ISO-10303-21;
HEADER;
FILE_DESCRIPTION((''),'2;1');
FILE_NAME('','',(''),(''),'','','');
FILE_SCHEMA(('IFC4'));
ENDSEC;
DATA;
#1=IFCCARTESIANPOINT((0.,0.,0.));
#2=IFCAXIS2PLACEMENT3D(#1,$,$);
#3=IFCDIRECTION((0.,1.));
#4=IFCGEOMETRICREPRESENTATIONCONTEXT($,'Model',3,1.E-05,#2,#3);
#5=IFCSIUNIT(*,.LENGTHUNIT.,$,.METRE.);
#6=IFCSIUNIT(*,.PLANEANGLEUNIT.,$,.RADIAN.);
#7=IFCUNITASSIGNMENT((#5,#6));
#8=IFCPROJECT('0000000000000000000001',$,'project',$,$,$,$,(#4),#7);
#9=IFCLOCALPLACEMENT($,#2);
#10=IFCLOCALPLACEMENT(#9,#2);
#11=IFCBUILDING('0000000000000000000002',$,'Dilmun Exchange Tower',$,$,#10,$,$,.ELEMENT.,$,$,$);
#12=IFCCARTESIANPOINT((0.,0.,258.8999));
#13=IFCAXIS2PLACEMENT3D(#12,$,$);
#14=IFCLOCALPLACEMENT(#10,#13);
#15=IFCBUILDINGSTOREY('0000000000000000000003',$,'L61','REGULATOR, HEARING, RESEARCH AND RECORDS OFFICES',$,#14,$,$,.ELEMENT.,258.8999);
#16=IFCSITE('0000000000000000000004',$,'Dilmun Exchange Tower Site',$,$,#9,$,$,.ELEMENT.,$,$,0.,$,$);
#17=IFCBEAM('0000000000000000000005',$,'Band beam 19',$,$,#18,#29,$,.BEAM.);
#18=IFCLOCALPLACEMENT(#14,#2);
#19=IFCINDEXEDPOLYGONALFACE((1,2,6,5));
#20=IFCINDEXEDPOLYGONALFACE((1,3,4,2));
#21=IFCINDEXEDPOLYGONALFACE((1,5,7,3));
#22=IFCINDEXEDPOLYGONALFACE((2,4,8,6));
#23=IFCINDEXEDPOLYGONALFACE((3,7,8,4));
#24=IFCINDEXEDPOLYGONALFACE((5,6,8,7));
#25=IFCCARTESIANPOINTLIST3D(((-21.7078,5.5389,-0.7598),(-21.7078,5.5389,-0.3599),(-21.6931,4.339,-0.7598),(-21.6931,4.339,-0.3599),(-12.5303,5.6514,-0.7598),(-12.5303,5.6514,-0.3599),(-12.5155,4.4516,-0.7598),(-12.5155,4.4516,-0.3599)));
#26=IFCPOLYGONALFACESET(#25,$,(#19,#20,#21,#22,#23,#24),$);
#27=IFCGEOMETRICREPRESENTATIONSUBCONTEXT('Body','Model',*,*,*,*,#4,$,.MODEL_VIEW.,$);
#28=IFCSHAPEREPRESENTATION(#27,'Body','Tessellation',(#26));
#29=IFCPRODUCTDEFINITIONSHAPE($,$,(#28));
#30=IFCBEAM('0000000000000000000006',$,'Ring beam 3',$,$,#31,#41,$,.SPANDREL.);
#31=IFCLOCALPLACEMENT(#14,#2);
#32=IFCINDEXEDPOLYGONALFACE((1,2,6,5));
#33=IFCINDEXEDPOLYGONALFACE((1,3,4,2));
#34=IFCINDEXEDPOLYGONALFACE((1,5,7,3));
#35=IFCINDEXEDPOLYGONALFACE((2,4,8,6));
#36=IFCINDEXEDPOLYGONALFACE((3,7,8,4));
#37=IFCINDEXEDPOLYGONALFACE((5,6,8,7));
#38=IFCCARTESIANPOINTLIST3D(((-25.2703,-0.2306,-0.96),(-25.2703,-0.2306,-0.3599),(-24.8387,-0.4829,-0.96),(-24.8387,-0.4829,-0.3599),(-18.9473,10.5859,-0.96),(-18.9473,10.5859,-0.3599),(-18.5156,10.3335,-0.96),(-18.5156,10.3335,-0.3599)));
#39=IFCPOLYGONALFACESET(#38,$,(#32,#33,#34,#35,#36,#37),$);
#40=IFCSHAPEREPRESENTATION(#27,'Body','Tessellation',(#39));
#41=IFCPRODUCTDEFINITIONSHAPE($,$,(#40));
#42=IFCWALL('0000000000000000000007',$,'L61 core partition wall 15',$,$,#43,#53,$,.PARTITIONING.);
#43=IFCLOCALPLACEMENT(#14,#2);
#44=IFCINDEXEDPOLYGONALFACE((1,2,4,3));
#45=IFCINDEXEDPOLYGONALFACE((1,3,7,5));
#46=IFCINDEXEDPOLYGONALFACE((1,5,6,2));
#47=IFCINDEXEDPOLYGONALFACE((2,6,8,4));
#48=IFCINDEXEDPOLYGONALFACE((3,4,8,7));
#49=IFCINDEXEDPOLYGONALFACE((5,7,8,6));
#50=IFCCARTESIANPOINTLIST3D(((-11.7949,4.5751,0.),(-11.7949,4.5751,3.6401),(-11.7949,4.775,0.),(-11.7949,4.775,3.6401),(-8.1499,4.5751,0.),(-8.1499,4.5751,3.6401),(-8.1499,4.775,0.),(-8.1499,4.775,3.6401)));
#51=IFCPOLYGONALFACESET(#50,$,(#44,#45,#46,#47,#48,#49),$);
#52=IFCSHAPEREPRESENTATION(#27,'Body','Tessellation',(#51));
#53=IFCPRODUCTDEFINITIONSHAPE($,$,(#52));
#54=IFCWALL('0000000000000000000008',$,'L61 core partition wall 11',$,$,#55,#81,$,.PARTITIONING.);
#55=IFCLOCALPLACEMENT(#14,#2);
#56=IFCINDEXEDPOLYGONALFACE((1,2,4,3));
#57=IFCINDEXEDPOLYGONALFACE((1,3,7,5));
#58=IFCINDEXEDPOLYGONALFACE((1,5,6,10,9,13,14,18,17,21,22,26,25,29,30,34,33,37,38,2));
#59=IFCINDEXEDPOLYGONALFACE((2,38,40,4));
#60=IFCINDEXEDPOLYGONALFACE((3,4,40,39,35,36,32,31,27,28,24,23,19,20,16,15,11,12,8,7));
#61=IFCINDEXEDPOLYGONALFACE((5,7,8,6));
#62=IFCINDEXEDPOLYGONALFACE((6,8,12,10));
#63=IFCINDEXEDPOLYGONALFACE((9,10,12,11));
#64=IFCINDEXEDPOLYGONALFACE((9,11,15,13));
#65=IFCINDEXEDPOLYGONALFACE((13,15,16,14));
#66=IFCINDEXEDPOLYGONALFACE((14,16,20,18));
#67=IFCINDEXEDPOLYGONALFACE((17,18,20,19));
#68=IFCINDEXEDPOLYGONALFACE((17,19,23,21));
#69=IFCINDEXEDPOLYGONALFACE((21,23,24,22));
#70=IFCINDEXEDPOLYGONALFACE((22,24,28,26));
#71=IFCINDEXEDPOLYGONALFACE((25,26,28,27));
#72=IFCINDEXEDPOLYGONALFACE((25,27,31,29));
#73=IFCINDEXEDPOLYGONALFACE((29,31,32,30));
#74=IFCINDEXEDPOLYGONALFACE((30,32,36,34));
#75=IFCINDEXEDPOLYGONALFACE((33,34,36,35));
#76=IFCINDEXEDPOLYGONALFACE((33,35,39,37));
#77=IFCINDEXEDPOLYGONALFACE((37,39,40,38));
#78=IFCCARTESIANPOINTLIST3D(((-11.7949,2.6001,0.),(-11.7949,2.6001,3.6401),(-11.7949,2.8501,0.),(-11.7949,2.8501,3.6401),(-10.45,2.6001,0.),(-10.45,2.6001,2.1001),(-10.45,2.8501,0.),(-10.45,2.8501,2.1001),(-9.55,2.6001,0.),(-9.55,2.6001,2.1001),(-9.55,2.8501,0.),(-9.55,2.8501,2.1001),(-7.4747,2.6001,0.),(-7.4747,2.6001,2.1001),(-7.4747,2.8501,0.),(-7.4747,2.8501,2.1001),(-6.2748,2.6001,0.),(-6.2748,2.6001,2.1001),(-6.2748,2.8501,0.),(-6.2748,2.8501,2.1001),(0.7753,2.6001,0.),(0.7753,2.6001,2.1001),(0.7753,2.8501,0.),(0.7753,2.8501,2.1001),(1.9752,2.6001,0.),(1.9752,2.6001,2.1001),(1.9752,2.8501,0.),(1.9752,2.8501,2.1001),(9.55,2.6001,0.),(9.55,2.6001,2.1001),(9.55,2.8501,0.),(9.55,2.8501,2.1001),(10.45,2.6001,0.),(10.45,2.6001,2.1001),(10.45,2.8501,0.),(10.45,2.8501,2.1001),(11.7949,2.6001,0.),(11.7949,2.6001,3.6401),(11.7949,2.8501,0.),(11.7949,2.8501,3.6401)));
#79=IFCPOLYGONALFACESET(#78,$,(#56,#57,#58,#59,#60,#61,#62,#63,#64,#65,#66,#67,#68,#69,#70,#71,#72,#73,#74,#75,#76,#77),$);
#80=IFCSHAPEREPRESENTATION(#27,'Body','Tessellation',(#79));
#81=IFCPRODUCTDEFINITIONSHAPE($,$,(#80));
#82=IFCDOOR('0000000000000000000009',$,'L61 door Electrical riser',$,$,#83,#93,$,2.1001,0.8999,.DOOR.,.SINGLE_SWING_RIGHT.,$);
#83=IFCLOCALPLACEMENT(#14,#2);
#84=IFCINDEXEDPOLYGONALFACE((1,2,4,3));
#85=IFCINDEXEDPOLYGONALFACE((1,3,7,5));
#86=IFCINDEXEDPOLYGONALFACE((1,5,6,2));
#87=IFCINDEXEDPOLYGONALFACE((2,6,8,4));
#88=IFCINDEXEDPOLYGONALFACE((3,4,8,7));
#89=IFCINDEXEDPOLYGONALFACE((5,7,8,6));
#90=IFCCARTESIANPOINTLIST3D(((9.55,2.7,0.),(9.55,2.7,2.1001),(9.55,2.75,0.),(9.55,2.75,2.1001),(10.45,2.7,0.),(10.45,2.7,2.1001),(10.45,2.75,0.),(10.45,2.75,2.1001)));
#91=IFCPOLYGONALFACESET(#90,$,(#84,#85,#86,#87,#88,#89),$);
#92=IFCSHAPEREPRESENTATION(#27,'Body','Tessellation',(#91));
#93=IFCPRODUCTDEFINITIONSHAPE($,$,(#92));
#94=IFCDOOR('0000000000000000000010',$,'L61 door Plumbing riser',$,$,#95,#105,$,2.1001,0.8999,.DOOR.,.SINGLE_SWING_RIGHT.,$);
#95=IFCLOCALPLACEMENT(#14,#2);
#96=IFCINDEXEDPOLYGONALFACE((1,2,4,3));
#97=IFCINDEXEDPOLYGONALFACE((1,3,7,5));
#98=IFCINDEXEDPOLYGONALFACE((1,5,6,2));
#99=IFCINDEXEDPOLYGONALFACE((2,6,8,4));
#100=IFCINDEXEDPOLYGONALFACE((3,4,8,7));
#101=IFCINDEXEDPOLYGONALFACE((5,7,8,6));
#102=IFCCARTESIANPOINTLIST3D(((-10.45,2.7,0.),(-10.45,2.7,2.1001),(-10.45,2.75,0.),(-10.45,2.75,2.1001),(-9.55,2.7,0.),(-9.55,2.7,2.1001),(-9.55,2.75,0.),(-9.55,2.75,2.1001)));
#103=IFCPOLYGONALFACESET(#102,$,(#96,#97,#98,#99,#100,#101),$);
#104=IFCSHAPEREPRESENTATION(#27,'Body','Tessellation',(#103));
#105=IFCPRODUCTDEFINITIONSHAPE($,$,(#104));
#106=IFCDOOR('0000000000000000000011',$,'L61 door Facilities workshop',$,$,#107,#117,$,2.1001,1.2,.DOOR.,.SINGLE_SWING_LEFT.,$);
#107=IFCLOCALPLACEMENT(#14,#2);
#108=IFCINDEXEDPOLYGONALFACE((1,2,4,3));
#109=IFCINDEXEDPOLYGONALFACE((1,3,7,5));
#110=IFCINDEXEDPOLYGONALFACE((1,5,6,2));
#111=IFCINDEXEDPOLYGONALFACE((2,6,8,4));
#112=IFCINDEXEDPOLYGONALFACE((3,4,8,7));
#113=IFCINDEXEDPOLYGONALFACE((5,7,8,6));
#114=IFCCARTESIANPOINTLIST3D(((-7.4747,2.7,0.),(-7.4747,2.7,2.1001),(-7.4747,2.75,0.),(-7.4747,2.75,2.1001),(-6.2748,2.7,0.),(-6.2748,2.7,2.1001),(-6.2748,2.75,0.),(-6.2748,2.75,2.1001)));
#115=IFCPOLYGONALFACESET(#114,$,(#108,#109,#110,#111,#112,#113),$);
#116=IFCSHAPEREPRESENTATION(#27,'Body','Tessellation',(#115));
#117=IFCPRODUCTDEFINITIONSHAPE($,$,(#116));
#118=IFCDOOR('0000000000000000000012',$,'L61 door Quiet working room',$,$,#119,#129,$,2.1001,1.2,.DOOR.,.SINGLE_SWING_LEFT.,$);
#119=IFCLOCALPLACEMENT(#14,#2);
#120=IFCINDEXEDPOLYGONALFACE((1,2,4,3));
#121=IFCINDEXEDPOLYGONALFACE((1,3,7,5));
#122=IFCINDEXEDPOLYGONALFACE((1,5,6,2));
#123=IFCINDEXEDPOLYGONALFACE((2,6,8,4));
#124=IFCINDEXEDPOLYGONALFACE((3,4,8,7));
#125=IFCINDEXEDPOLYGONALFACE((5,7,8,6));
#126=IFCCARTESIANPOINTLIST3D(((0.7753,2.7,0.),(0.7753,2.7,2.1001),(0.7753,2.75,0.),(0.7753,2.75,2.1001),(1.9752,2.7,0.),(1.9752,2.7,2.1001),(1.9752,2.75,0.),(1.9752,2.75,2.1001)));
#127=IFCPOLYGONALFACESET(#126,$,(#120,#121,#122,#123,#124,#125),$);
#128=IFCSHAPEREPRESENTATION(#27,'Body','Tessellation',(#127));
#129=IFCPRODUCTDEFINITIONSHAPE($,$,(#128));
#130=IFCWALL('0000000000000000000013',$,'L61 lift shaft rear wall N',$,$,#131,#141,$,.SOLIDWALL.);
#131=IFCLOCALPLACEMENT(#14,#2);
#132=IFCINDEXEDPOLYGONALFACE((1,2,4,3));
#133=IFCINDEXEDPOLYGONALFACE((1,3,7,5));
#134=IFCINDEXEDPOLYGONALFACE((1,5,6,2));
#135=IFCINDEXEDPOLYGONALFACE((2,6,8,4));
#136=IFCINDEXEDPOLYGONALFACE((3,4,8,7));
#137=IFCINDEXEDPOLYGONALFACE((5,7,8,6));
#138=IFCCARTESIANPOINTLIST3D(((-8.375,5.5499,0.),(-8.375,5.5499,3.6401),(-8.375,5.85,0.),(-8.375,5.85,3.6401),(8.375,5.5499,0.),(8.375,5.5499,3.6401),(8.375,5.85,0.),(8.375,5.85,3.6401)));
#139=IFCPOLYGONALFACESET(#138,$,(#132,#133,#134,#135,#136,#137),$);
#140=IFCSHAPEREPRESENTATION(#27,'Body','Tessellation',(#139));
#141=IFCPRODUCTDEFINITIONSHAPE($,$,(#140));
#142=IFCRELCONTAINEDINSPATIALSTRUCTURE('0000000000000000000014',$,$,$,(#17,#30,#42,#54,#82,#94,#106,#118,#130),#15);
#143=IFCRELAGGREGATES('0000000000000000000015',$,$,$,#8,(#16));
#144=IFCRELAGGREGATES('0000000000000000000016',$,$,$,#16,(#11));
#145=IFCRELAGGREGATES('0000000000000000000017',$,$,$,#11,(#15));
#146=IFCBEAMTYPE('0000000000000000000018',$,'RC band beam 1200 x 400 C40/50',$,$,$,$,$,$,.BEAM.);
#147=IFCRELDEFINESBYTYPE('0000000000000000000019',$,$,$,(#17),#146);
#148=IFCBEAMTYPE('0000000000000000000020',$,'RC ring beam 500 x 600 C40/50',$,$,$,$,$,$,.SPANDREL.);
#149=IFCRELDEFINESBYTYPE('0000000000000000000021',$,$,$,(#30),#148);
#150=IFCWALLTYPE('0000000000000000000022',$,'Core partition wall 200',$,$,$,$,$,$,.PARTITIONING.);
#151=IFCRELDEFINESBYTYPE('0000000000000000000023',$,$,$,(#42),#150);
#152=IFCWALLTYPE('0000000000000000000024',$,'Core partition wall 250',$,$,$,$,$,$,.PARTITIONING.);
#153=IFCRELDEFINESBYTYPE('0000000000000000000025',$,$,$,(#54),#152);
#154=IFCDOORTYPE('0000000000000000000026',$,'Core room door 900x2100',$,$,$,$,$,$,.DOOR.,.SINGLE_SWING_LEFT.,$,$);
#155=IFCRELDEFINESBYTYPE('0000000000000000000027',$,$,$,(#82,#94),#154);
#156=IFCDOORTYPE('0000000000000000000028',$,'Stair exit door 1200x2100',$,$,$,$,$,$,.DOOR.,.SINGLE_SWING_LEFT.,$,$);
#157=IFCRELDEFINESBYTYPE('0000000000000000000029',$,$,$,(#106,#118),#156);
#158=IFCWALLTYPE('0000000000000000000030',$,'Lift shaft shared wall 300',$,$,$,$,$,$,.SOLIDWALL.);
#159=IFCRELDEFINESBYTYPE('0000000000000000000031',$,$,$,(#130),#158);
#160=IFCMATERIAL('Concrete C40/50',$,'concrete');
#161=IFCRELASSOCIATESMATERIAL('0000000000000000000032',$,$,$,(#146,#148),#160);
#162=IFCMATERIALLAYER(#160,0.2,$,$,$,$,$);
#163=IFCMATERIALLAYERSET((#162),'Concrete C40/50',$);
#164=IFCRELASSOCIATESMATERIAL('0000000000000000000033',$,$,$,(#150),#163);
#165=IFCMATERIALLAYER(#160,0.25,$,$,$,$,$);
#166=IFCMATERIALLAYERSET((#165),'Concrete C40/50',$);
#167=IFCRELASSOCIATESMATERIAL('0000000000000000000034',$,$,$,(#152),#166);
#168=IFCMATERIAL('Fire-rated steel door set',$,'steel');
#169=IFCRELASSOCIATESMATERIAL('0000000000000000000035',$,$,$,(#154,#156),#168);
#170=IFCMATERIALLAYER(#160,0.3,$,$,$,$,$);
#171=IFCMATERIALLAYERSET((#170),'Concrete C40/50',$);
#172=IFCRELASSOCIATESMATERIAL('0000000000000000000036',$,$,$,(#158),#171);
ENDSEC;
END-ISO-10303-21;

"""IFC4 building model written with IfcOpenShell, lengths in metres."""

from ifc_helpers import new_model, si_unit, direction, frame, frame_2d, origin, origin_2d, place, context, subcontext, project, spatial, rectangle, extrude, material, layer, layer_set, material_profile, profile_set, type_object, element, fill, save


model = new_model("IFC4")

# Units and contexts
model_context = context("Model", 3, precision=1e-05, world=origin(), true_north=direction((0.0, 1.0)))
body_context = subcontext(model_context, "Body", "Model", "MODEL_VIEW")
ifc_project = project(units=[si_unit("LENGTHUNIT", "METRE"), si_unit("PLANEANGLEUNIT", "RADIAN")], contexts=[model_context])

# Site, building, storey
site_placement = place(None, origin())
site = spatial("IfcSite", under=ifc_project, at=site_placement, Name="Dilmun Exchange Tower Site", CompositionType="ELEMENT", RefElevation=0.0)
building_placement = place(site_placement, origin())
building = spatial("IfcBuilding", under=site, at=building_placement, Name="Dilmun Exchange Tower", CompositionType="ELEMENT")
storey_placement = place(building_placement, frame((0.0, 0.0, 258.8999)))
storey = spatial("IfcBuildingStorey", under=building, at=storey_placement, Name="L61", Description="REGULATOR, HEARING, RESEARCH AND RECORDS OFFICES", CompositionType="ELEMENT", Elevation=258.8999)

# Beams
ifc_material_1 = material(Name="Concrete C40/50", Category="concrete")
ifc_material_profile_1 = material_profile(ifc_material_1, rectangle(XDim=1.2, YDim=0.3999, at=origin_2d()), Name="1200 x 400")
ifc_profile_set_1 = profile_set([ifc_material_profile_1], Name="Concrete C40/50")
beam_type_1 = type_object("IfcBeamType", Name="RC band beam 1200 x 400 C40/50", PredefinedType="BEAM", material=ifc_profile_set_1)
beam_1_placement = place(storey_placement, frame((-21.7004, 4.939, -0.5598), z_axis=(0.999925, 0.012263, 0.0), x_axis=(-0.012263, 0.999925, 0.0)))
element("IfcBeam", 1, at=beam_1_placement, inside=storey, type_object=beam_type_1, Name="Band beam 19", PredefinedType="BEAM", context=body_context, shape_type="SweptSolid", body=[
    extrude(rectangle(XDim=1.2, YDim=0.3999, at=origin_2d()), origin(), (0.0, 0.0, 1.0), 9.1782),
])
ifc_material_profile_2 = material_profile(ifc_material_1, rectangle(XDim=0.5, YDim=0.6001, at=origin_2d()), Name="500 x 600")
ifc_profile_set_2 = profile_set([ifc_material_profile_2], Name="Concrete C40/50")
beam_type_2 = type_object("IfcBeamType", Name="RC ring beam 500 x 600 C40/50", PredefinedType="SPANDREL", material=ifc_profile_set_2)
beam_2_placement = place(storey_placement, frame((-18.7314, 10.4597, -0.6599), z_axis=(-0.50467, -0.863312, 0.0), x_axis=(0.863312, -0.50467, 0.0)))
element("IfcBeam", 2, at=beam_2_placement, inside=storey, type_object=beam_type_2, Name="Ring beam 3", PredefinedType="SPANDREL", context=body_context, shape_type="SweptSolid", body=[
    extrude(rectangle(XDim=0.5, YDim=0.6001, at=origin_2d()), origin(), (0.0, 0.0, 1.0), 12.5291),
])

# Wall
ifc_layer_1 = layer(ifc_material_1, 0.2)
ifc_layer_set_1 = layer_set([ifc_layer_1], Name="Concrete C40/50")
wall_type_1 = type_object("IfcWallType", Name="Core partition wall 200", PredefinedType="PARTITIONING", material=ifc_layer_set_1)
wall_1_placement = place(storey_placement, frame((-11.7949, 4.675, 0.0), z_axis=(0.0, 0.0, 1.0), x_axis=(1.0, 0.0, 0.0)))
element("IfcWall", 3, at=wall_1_placement, inside=storey, type_object=wall_type_1, Name="L61 core partition wall 15", PredefinedType="PARTITIONING", context=body_context, shape_type="SweptSolid", body=[
    extrude(rectangle(XDim=3.645, YDim=0.2, at=frame_2d((1.8225, 0.0))), origin(), (0.0, 0.0, 1.0), 3.6401),
])

# Wall, openings, doors
ifc_layer_2 = layer(ifc_material_1, 0.25)
ifc_layer_set_2 = layer_set([ifc_layer_2], Name="Concrete C40/50")
wall_type_2 = type_object("IfcWallType", Name="Core partition wall 250", PredefinedType="PARTITIONING", material=ifc_layer_set_2)
wall_2_placement = place(storey_placement, frame((-11.7949, 2.7251, 0.0), z_axis=(0.0, 0.0, 1.0), x_axis=(1.0, 0.0, 0.0)))
wall_2 = element("IfcWall", 4, at=wall_2_placement, inside=storey, type_object=wall_type_2, Name="L61 core partition wall 11", PredefinedType="PARTITIONING", context=body_context, shape_type="SweptSolid", body=[
    extrude(rectangle(XDim=23.5898, YDim=0.25, at=frame_2d((11.7949, 0.0))), origin(), (0.0, 0.0, 1.0), 3.6401),
])
opening_1_placement = place(wall_2_placement, frame((21.345, 0.0, 0.0)))
opening_1 = element("IfcOpeningElement", 5, at=opening_1_placement, cuts=wall_2, PredefinedType="OPENING", context=body_context, shape_type="SweptSolid", body=[
    extrude(rectangle(XDim=0.8999, YDim=2.1001, at=frame_2d((0.45, 1.05))), frame((0.0, 0.135, 0.0), z_axis=(0.0, -1.0, 0.0), x_axis=(1.0, 0.0, 0.0)), (0.0, 0.0, 1.0), 0.27),
])
opening_2_placement = place(wall_2_placement, frame((1.345, 0.0, 0.0)))
opening_2 = element("IfcOpeningElement", 6, at=opening_2_placement, cuts=wall_2, PredefinedType="OPENING", context=body_context, shape_type="SweptSolid", body=[
    extrude(rectangle(XDim=0.8999, YDim=2.1001, at=frame_2d((0.45, 1.05))), frame((0.0, 0.135, 0.0), z_axis=(0.0, -1.0, 0.0), x_axis=(1.0, 0.0, 0.0)), (0.0, 0.0, 1.0), 0.27),
])
opening_3_placement = place(wall_2_placement, frame((4.3201, 0.0, 0.0)))
opening_3 = element("IfcOpeningElement", 7, at=opening_3_placement, cuts=wall_2, PredefinedType="OPENING", context=body_context, shape_type="SweptSolid", body=[
    extrude(rectangle(XDim=1.2, YDim=2.1001, at=frame_2d((0.6001, 1.05))), frame((0.0, 0.135, 0.0), z_axis=(0.0, -1.0, 0.0), x_axis=(1.0, 0.0, 0.0)), (0.0, 0.0, 1.0), 0.27),
])
opening_4_placement = place(wall_2_placement, frame((12.5701, 0.0, 0.0)))
opening_4 = element("IfcOpeningElement", 8, at=opening_4_placement, cuts=wall_2, PredefinedType="OPENING", context=body_context, shape_type="SweptSolid", body=[
    extrude(rectangle(XDim=1.2, YDim=2.1001, at=frame_2d((0.6001, 1.05))), frame((0.0, 0.135, 0.0), z_axis=(0.0, -1.0, 0.0), x_axis=(1.0, 0.0, 0.0)), (0.0, 0.0, 1.0), 0.27),
])
ifc_material_2 = material(Name="Fire-rated steel door set", Category="steel")
door_type_1 = type_object("IfcDoorType", Name="Core room door 900x2100", OperationType="SINGLE_SWING_LEFT", PredefinedType="DOOR", material=ifc_material_2)
door_1_placement = place(opening_1_placement, origin())
door_1 = element("IfcDoor", 9, at=door_1_placement, inside=storey, type_object=door_type_1, Name="L61 door Electrical riser", OperationType="SINGLE_SWING_RIGHT", OverallHeight=2.1001, OverallWidth=0.8999, PredefinedType="DOOR", context=body_context, shape_type="SweptSolid", body=[
    extrude(rectangle(XDim=0.8999, YDim=2.1001, at=frame_2d((0.45, 1.05))), frame((0.0, 0.0249, 0.0), z_axis=(0.0, -1.0, 0.0), x_axis=(1.0, 0.0, 0.0)), (0.0, 0.0, 1.0), 0.05),
])
fill(opening_1, door_1)
door_2_placement = place(opening_2_placement, origin())
door_2 = element("IfcDoor", 10, at=door_2_placement, inside=storey, type_object=door_type_1, Name="L61 door Plumbing riser", OperationType="SINGLE_SWING_RIGHT", OverallHeight=2.1001, OverallWidth=0.8999, PredefinedType="DOOR", context=body_context, shape_type="SweptSolid", body=[
    extrude(rectangle(XDim=0.8999, YDim=2.1001, at=frame_2d((0.45, 1.05))), frame((0.0, 0.0249, 0.0), z_axis=(0.0, -1.0, 0.0), x_axis=(1.0, 0.0, 0.0)), (0.0, 0.0, 1.0), 0.05),
])
fill(opening_2, door_2)
door_type_2 = type_object("IfcDoorType", Name="Stair exit door 1200x2100", OperationType="SINGLE_SWING_LEFT", PredefinedType="DOOR", material=ifc_material_2)
door_3_placement = place(opening_3_placement, origin())
door_3 = element("IfcDoor", 11, at=door_3_placement, inside=storey, type_object=door_type_2, Name="L61 door Facilities workshop", OperationType="SINGLE_SWING_LEFT", OverallHeight=2.1001, OverallWidth=1.2, PredefinedType="DOOR", context=body_context, shape_type="SweptSolid", body=[
    extrude(rectangle(XDim=1.2, YDim=2.1001, at=frame_2d((0.6001, 1.05))), frame((0.0, 0.0249, 0.0), z_axis=(0.0, -1.0, 0.0), x_axis=(1.0, 0.0, 0.0)), (0.0, 0.0, 1.0), 0.05),
])
fill(opening_3, door_3)
door_4_placement = place(opening_4_placement, origin())
door_4 = element("IfcDoor", 12, at=door_4_placement, inside=storey, type_object=door_type_2, Name="L61 door Quiet working room", OperationType="SINGLE_SWING_LEFT", OverallHeight=2.1001, OverallWidth=1.2, PredefinedType="DOOR", context=body_context, shape_type="SweptSolid", body=[
    extrude(rectangle(XDim=1.2, YDim=2.1001, at=frame_2d((0.6001, 1.05))), frame((0.0, 0.0249, 0.0), z_axis=(0.0, -1.0, 0.0), x_axis=(1.0, 0.0, 0.0)), (0.0, 0.0, 1.0), 0.05),
])
fill(opening_4, door_4)

# Wall
ifc_layer_3 = layer(ifc_material_1, 0.3)
ifc_layer_set_3 = layer_set([ifc_layer_3], Name="Concrete C40/50")
wall_type_3 = type_object("IfcWallType", Name="Lift shaft shared wall 300", PredefinedType="SOLIDWALL", material=ifc_layer_set_3)
wall_3_placement = place(storey_placement, frame((-8.375, 5.7, 0.0), z_axis=(0.0, 0.0, 1.0), x_axis=(1.0, 0.0, 0.0)))
element("IfcWall", 13, at=wall_3_placement, inside=storey, type_object=wall_type_3, Name="L61 lift shaft rear wall N", PredefinedType="SOLIDWALL", context=body_context, shape_type="SweptSolid", body=[
    extrude(rectangle(XDim=16.75, YDim=0.3, at=frame_2d((8.375, 0.0))), origin(), (0.0, 0.0, 1.0), 3.6401),
])

save(model, "model.ifc")
